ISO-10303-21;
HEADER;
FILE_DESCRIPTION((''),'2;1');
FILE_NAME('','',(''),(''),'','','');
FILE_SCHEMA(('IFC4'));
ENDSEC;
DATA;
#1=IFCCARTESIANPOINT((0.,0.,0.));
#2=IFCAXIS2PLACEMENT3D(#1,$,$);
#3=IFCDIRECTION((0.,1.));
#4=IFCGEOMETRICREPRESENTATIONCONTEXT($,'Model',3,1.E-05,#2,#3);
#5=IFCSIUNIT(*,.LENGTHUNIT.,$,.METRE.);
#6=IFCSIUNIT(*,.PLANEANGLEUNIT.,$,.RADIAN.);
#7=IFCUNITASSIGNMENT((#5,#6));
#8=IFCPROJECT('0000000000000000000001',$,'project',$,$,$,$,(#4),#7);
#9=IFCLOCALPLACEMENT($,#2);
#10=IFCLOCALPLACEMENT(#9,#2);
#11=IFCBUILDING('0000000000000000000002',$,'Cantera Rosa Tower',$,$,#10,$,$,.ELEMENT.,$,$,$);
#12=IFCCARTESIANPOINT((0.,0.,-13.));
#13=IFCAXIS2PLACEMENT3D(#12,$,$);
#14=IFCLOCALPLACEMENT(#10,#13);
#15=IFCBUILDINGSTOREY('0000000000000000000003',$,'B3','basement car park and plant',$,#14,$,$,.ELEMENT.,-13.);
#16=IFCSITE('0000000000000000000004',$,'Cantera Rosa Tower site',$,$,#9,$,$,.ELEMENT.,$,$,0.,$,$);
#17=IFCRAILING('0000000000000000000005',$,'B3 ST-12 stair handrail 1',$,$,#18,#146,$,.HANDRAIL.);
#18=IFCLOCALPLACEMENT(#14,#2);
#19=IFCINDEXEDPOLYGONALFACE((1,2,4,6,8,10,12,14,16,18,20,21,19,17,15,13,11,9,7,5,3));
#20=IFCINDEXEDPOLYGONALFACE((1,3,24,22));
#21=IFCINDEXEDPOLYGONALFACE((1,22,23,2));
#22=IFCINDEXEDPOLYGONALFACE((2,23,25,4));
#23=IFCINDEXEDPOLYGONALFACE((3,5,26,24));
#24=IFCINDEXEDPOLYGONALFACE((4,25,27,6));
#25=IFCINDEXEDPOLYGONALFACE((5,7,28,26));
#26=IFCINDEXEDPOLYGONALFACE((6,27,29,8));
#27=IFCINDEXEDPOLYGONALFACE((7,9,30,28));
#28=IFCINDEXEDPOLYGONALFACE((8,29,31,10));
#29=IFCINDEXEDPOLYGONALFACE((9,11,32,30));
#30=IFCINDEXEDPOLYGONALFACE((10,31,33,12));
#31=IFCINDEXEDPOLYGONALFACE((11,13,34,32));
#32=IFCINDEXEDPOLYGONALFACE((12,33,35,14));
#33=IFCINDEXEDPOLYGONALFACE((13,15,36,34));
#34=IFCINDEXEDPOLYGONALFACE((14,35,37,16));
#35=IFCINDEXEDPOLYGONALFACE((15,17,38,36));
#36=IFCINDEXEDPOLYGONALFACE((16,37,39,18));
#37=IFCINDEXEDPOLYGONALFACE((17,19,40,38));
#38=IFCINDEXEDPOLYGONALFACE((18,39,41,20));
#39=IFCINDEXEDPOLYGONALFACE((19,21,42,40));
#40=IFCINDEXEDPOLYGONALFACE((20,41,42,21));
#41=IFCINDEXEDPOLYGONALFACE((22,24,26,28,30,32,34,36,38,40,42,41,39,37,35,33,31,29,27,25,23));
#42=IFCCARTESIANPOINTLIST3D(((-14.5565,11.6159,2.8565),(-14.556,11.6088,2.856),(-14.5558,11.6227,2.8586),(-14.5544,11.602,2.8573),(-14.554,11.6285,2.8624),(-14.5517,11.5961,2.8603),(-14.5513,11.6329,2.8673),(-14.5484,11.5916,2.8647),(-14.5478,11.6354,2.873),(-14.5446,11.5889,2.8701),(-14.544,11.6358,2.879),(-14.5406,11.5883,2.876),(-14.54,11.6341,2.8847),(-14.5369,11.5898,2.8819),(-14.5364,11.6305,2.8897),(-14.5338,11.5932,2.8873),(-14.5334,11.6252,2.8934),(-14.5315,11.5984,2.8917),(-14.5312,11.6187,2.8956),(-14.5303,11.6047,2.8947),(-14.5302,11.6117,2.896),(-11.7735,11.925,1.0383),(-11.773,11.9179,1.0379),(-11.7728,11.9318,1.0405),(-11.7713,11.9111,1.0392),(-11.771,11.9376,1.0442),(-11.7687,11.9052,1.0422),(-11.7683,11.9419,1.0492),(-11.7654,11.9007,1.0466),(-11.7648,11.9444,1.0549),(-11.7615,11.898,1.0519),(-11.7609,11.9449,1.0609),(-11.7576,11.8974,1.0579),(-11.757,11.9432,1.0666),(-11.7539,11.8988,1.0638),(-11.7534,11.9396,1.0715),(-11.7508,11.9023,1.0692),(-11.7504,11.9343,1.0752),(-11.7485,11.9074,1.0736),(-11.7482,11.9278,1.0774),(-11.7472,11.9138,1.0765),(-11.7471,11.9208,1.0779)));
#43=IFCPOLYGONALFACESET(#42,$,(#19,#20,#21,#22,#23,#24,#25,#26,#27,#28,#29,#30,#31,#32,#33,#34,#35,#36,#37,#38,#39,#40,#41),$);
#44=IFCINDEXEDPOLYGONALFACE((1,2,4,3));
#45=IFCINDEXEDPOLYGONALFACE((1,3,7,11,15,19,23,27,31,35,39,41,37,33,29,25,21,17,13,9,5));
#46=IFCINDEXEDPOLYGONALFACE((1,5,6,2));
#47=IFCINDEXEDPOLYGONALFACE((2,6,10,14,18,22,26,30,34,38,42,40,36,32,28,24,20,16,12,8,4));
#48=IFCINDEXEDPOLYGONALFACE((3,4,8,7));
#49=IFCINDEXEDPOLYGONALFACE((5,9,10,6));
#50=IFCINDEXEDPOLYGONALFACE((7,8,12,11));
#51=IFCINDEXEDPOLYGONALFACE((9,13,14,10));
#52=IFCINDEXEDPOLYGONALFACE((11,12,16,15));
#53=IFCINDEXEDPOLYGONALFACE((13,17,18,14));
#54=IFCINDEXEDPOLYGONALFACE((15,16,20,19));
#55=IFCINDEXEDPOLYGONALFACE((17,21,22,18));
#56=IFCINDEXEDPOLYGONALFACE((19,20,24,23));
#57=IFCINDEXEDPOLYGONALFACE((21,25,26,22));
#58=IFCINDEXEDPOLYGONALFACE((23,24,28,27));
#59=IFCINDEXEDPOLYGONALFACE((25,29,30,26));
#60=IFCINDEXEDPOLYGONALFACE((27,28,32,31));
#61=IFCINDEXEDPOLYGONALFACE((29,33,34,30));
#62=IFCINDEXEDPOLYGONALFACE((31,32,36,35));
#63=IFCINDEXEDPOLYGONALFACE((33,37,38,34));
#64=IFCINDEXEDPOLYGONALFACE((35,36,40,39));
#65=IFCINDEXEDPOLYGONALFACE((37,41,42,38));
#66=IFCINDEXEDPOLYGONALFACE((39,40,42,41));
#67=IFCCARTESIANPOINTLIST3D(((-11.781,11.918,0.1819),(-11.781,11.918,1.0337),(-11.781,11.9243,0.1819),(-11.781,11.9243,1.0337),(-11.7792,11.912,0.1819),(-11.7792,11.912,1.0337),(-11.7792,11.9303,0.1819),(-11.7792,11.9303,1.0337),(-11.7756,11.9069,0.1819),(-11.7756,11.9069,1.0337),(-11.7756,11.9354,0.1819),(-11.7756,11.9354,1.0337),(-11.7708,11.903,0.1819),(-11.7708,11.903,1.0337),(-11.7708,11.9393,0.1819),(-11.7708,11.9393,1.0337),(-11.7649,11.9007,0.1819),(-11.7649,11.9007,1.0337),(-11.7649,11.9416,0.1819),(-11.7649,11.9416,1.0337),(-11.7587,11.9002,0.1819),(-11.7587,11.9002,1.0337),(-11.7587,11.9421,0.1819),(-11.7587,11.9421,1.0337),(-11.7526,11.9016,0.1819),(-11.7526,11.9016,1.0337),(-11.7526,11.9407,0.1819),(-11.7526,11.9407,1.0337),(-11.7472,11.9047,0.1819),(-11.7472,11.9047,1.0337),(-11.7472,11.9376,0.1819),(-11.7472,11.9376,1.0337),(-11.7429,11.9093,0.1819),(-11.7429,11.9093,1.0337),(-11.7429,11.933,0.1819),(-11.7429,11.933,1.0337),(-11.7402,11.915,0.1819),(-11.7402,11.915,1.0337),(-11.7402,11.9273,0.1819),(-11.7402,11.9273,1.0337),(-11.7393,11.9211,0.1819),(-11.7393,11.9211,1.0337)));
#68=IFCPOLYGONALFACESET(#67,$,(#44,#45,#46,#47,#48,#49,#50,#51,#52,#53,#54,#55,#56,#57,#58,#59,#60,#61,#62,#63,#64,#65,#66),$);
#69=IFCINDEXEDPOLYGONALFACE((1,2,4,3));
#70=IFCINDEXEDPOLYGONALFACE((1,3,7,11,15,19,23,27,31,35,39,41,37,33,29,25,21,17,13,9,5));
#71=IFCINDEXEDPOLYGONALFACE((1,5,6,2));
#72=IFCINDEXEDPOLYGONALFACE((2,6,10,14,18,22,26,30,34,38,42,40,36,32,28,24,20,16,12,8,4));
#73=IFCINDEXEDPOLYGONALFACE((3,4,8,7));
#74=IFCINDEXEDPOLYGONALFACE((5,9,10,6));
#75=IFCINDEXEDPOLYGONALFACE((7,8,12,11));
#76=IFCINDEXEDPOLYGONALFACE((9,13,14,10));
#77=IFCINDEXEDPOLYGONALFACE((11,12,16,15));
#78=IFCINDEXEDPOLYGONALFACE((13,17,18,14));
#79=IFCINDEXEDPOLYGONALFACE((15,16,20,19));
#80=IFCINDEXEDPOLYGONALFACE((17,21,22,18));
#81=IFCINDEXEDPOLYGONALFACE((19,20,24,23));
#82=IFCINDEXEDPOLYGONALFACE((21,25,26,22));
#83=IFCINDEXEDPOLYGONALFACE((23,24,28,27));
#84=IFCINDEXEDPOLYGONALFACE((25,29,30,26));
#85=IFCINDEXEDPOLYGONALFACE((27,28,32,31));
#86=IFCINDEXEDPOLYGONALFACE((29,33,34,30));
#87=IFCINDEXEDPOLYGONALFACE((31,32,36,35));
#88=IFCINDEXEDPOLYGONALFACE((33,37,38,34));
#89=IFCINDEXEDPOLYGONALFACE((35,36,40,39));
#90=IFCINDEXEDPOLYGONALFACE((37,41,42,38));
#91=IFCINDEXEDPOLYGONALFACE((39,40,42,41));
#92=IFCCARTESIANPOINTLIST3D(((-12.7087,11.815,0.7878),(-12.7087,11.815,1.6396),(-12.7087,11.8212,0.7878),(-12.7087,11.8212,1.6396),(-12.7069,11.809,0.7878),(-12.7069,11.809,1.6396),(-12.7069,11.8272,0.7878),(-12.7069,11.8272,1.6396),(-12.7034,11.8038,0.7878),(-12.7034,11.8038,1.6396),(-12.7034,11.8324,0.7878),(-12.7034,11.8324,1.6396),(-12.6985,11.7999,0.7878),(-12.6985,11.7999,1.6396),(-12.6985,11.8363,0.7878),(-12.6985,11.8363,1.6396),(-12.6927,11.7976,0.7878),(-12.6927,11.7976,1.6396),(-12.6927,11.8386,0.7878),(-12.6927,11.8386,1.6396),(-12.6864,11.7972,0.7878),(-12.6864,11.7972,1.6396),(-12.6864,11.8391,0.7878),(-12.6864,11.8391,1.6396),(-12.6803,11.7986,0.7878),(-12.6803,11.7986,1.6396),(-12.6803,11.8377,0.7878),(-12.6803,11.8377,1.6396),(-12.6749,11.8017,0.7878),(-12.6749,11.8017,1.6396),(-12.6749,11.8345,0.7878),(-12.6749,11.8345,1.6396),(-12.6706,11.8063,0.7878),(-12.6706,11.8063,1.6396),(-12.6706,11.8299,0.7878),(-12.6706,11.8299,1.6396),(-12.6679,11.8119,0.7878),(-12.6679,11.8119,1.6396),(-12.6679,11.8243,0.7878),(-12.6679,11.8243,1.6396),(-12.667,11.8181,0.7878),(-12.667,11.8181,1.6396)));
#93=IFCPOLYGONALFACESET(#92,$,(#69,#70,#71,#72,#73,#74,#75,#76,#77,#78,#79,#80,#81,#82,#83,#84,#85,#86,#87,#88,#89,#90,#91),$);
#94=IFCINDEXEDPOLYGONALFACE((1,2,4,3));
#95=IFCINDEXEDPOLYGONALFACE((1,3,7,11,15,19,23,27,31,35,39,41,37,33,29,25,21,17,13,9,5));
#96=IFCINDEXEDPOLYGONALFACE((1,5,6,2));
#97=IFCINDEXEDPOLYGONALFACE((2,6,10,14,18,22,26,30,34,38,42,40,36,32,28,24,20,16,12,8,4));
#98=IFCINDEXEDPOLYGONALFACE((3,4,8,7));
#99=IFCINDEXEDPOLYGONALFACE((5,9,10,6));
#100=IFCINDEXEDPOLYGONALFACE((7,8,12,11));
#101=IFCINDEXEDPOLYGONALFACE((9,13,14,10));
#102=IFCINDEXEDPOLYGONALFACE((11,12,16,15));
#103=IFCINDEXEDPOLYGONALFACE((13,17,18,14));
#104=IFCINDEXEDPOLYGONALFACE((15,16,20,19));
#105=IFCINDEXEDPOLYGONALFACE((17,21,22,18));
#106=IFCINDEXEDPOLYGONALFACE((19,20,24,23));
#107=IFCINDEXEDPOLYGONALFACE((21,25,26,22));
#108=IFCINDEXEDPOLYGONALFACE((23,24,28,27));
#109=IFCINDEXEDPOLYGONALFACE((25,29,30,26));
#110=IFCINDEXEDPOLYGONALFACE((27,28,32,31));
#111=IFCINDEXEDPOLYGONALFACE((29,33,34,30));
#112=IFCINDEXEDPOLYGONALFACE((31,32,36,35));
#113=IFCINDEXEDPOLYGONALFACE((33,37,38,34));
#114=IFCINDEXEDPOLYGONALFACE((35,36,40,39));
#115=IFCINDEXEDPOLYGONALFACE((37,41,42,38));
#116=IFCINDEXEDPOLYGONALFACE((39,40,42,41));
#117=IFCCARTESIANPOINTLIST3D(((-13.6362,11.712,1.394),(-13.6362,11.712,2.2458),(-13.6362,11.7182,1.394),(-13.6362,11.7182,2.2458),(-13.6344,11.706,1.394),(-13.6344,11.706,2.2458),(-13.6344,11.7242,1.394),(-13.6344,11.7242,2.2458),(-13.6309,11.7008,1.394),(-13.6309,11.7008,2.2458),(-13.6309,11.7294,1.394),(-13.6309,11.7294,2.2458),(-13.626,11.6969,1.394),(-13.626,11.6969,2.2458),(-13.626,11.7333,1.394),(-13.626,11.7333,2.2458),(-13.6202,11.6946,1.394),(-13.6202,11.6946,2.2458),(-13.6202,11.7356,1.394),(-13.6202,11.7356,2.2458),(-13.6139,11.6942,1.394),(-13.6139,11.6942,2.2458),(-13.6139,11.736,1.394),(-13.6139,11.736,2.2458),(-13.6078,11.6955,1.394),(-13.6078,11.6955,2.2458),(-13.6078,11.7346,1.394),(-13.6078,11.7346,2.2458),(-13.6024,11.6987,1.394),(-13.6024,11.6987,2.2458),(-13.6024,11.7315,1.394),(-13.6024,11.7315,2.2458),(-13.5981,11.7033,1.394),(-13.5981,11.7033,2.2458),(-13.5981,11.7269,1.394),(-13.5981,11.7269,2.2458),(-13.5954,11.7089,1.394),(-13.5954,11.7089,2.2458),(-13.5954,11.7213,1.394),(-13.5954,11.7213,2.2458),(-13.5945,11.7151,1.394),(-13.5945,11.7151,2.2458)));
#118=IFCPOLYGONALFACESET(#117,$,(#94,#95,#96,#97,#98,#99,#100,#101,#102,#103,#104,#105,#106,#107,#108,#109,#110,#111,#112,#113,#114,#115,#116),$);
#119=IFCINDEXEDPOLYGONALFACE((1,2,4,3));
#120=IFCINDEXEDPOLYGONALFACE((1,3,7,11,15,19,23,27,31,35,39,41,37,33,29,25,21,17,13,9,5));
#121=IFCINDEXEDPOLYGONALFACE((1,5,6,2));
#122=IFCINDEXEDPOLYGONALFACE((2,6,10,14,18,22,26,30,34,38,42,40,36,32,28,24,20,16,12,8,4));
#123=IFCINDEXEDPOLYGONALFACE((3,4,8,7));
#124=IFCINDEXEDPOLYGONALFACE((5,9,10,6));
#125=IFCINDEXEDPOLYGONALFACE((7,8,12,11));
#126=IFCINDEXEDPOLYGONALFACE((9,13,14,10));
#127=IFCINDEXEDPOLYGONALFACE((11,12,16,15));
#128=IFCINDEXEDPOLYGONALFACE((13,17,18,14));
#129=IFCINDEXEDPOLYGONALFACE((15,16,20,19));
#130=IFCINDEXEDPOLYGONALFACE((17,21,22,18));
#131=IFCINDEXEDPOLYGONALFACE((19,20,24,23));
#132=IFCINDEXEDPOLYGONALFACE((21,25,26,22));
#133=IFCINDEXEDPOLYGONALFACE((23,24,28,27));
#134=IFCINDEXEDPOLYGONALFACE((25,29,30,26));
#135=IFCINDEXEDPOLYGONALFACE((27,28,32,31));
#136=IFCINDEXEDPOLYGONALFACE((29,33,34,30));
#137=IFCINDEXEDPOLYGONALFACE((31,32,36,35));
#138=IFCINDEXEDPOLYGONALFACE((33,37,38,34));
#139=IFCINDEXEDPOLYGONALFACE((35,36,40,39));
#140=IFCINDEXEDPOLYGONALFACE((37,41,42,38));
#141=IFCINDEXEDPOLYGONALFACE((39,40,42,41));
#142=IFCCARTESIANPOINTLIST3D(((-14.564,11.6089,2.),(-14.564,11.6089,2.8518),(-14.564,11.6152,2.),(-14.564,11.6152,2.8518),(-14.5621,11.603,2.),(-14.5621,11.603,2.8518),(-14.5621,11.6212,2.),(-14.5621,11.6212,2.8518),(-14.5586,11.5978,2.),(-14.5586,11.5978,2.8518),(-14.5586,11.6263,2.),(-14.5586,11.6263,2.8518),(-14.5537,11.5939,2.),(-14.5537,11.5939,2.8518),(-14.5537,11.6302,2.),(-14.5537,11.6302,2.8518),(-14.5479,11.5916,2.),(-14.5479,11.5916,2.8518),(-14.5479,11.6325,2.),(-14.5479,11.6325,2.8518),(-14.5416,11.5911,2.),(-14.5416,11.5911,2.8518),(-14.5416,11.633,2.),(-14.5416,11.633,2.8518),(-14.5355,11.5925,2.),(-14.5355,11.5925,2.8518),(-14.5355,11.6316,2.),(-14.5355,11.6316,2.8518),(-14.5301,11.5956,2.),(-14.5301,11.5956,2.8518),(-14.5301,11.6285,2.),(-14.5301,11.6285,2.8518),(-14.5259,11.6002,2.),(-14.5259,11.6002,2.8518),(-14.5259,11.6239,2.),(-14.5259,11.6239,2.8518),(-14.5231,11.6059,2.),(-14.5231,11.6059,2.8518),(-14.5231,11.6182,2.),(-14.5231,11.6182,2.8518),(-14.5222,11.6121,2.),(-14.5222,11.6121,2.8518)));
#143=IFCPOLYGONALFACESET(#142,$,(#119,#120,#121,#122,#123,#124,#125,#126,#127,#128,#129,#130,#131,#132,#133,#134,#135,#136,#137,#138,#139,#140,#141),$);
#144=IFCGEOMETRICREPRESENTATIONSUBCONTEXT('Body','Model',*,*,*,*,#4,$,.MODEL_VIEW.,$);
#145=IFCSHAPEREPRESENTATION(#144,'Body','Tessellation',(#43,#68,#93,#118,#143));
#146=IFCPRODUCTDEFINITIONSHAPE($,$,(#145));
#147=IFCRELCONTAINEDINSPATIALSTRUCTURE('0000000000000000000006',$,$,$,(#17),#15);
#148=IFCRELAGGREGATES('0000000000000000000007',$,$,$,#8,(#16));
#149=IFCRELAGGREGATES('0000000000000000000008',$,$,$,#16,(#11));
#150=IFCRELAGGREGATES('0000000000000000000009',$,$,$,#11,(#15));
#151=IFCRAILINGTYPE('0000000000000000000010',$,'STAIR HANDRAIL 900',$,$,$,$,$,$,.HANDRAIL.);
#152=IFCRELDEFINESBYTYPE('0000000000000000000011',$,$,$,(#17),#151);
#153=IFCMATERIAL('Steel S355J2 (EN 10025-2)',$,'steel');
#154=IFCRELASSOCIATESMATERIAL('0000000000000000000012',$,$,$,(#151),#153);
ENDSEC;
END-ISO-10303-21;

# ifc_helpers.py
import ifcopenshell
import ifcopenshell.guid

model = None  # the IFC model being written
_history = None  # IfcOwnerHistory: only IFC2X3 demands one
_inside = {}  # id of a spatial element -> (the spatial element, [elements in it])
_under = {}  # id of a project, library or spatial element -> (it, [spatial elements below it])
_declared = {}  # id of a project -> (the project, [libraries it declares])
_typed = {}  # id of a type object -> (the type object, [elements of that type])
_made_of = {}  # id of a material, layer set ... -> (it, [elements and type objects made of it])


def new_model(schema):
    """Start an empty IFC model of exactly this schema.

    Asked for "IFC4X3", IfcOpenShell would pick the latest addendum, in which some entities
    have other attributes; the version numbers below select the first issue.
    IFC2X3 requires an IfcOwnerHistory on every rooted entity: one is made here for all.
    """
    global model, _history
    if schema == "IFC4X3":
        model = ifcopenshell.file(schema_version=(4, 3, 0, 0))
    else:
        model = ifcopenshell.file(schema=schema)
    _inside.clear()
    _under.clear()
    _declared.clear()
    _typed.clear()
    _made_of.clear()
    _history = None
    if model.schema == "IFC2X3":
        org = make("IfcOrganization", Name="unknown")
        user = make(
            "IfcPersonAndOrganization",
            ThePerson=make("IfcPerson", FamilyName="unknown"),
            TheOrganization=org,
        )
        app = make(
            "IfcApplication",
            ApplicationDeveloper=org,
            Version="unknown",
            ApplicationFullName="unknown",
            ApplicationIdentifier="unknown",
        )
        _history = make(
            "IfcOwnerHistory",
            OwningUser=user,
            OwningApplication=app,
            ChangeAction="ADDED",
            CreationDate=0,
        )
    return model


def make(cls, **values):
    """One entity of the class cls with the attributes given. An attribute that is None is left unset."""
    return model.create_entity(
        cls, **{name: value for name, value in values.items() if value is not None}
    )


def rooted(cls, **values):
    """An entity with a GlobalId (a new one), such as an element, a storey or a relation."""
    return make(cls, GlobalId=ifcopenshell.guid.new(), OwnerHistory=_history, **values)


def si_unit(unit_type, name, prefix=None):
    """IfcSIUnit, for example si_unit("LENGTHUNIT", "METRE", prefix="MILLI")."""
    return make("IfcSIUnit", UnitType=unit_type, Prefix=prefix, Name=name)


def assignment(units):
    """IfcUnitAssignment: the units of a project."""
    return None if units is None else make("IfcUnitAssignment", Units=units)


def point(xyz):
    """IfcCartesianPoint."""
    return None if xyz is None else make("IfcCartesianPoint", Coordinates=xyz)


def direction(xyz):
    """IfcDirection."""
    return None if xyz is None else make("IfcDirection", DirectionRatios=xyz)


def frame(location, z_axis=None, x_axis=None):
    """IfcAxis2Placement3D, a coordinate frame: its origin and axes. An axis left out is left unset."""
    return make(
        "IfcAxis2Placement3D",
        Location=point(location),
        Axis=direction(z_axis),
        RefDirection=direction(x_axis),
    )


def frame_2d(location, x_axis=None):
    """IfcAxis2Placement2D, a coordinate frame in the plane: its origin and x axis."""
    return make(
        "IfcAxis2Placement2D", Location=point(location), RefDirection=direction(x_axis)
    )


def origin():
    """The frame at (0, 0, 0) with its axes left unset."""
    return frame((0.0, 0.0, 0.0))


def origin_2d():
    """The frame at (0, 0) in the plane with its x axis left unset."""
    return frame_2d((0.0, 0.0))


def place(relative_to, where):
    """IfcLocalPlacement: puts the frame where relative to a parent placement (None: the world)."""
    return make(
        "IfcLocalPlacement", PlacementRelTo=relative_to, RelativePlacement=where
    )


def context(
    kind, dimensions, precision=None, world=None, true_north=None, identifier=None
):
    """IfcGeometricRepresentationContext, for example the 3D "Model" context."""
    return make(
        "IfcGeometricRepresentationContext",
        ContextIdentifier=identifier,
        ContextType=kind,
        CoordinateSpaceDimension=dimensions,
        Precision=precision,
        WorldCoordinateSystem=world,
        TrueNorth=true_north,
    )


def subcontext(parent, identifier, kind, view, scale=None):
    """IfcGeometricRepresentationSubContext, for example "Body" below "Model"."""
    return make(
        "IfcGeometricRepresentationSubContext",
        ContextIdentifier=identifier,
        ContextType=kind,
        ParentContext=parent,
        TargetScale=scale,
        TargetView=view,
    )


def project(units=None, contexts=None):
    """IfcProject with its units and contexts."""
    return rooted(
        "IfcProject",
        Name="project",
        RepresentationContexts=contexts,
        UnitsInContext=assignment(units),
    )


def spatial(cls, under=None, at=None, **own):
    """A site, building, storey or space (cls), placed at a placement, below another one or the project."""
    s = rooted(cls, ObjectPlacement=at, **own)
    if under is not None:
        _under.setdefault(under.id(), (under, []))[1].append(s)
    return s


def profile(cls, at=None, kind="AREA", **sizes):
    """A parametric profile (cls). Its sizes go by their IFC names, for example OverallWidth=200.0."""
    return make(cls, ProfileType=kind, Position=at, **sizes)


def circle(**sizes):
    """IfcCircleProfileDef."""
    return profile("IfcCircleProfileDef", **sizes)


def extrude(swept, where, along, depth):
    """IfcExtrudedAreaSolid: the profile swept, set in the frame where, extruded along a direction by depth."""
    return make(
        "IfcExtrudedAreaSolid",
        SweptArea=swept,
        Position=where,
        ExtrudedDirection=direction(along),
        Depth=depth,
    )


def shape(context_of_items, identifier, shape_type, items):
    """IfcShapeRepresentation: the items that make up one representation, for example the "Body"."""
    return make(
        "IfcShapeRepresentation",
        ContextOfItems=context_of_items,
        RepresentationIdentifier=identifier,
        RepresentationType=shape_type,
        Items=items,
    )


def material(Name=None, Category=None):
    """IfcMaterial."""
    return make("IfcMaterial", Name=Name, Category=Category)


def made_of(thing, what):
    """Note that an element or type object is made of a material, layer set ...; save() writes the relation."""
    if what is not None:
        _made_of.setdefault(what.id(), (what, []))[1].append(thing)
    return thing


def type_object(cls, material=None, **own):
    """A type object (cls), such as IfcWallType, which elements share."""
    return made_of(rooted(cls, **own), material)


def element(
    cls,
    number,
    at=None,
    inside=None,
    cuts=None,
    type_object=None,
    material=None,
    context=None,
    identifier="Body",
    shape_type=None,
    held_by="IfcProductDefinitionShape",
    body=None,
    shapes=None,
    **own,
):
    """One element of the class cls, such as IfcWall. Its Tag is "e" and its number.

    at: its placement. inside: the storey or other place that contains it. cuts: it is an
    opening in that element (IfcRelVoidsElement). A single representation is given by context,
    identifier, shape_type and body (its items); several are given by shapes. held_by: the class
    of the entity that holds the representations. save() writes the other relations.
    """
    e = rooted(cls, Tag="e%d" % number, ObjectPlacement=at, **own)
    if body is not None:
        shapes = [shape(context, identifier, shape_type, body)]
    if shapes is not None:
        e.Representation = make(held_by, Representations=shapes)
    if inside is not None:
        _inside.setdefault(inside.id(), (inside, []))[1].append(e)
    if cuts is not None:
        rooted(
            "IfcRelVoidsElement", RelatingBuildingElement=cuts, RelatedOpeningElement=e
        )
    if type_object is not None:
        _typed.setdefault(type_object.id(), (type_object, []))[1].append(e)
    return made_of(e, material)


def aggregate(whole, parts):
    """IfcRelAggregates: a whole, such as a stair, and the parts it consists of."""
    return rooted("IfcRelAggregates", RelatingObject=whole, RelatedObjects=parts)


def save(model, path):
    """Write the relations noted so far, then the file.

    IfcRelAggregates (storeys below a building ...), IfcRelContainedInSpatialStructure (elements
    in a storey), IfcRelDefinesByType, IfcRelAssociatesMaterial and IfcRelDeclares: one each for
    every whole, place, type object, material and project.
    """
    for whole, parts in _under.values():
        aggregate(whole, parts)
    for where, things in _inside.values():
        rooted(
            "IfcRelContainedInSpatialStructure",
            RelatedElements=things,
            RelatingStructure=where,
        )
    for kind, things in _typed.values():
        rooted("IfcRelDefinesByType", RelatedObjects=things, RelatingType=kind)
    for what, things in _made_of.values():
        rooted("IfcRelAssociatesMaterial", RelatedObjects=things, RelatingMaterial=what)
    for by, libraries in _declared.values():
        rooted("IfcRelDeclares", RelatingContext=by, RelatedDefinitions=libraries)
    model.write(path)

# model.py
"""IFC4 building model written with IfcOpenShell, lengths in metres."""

from ifc_helpers import new_model, si_unit, direction, frame, origin, origin_2d, place, context, subcontext, project, spatial, circle, extrude, material, type_object, element, save


model = new_model("IFC4")

# Units and contexts
model_context = context("Model", 3, precision=1e-05, world=origin(), true_north=direction((0.0, 1.0)))
body_context = subcontext(model_context, "Body", "Model", "MODEL_VIEW")
ifc_project = project(units=[si_unit("LENGTHUNIT", "METRE"), si_unit("PLANEANGLEUNIT", "RADIAN")], contexts=[model_context])

# Site, building, storey
site_placement = place(None, origin())
site = spatial("IfcSite", under=ifc_project, at=site_placement, Name="Cantera Rosa Tower site", CompositionType="ELEMENT", RefElevation=0.0)
building_placement = place(site_placement, origin())
building = spatial("IfcBuilding", under=site, at=building_placement, Name="Cantera Rosa Tower", CompositionType="ELEMENT")
storey_placement = place(building_placement, frame((0.0, 0.0, -13.0)))
storey = spatial("IfcBuildingStorey", under=building, at=storey_placement, Name="B3", Description="basement car park and plant", CompositionType="ELEMENT", Elevation=-13.0)

# Railing
ifc_material_1 = material(Name="Steel S355J2 (EN 10025-2)", Category="steel")
railing_type_1 = type_object("IfcRailingType", Name="STAIR HANDRAIL 900", PredefinedType="HANDRAIL", material=ifc_material_1)
railing_1_placement = place(storey_placement, frame((-11.7603, 11.9211, 0.1819)))
element("IfcRailing", 1, at=railing_1_placement, inside=storey, type_object=railing_type_1, Name="B3 ST-12 stair handrail 1", PredefinedType="HANDRAIL", context=body_context, shape_type="SweptSolid", body=[
    extrude(circle(Radius=0.0239, at=origin_2d()), frame((0.0, 0.0, 0.876), z_axis=(-0.833582, -0.09258, 0.544582), x_axis=(0.110384, -0.993889, 0.0)), (0.0, 0.0, 1.0), 3.3386),
    extrude(circle(Radius=0.021, at=origin_2d()), origin(), (0.0, 0.0, 1.0), 0.8518),
    extrude(circle(Radius=0.021, at=origin_2d()), frame((-0.9277, -0.103, 0.606)), (0.0, 0.0, 1.0), 0.8518),
    extrude(circle(Radius=0.021, at=origin_2d()), frame((-1.8552, -0.2061, 1.2122)), (0.0, 0.0, 1.0), 0.8518),
    extrude(circle(Radius=0.021, at=origin_2d()), frame((-2.783, -0.3091, 1.8181)), (0.0, 0.0, 1.0), 0.8518),
])

save(model, "model.ifc")
